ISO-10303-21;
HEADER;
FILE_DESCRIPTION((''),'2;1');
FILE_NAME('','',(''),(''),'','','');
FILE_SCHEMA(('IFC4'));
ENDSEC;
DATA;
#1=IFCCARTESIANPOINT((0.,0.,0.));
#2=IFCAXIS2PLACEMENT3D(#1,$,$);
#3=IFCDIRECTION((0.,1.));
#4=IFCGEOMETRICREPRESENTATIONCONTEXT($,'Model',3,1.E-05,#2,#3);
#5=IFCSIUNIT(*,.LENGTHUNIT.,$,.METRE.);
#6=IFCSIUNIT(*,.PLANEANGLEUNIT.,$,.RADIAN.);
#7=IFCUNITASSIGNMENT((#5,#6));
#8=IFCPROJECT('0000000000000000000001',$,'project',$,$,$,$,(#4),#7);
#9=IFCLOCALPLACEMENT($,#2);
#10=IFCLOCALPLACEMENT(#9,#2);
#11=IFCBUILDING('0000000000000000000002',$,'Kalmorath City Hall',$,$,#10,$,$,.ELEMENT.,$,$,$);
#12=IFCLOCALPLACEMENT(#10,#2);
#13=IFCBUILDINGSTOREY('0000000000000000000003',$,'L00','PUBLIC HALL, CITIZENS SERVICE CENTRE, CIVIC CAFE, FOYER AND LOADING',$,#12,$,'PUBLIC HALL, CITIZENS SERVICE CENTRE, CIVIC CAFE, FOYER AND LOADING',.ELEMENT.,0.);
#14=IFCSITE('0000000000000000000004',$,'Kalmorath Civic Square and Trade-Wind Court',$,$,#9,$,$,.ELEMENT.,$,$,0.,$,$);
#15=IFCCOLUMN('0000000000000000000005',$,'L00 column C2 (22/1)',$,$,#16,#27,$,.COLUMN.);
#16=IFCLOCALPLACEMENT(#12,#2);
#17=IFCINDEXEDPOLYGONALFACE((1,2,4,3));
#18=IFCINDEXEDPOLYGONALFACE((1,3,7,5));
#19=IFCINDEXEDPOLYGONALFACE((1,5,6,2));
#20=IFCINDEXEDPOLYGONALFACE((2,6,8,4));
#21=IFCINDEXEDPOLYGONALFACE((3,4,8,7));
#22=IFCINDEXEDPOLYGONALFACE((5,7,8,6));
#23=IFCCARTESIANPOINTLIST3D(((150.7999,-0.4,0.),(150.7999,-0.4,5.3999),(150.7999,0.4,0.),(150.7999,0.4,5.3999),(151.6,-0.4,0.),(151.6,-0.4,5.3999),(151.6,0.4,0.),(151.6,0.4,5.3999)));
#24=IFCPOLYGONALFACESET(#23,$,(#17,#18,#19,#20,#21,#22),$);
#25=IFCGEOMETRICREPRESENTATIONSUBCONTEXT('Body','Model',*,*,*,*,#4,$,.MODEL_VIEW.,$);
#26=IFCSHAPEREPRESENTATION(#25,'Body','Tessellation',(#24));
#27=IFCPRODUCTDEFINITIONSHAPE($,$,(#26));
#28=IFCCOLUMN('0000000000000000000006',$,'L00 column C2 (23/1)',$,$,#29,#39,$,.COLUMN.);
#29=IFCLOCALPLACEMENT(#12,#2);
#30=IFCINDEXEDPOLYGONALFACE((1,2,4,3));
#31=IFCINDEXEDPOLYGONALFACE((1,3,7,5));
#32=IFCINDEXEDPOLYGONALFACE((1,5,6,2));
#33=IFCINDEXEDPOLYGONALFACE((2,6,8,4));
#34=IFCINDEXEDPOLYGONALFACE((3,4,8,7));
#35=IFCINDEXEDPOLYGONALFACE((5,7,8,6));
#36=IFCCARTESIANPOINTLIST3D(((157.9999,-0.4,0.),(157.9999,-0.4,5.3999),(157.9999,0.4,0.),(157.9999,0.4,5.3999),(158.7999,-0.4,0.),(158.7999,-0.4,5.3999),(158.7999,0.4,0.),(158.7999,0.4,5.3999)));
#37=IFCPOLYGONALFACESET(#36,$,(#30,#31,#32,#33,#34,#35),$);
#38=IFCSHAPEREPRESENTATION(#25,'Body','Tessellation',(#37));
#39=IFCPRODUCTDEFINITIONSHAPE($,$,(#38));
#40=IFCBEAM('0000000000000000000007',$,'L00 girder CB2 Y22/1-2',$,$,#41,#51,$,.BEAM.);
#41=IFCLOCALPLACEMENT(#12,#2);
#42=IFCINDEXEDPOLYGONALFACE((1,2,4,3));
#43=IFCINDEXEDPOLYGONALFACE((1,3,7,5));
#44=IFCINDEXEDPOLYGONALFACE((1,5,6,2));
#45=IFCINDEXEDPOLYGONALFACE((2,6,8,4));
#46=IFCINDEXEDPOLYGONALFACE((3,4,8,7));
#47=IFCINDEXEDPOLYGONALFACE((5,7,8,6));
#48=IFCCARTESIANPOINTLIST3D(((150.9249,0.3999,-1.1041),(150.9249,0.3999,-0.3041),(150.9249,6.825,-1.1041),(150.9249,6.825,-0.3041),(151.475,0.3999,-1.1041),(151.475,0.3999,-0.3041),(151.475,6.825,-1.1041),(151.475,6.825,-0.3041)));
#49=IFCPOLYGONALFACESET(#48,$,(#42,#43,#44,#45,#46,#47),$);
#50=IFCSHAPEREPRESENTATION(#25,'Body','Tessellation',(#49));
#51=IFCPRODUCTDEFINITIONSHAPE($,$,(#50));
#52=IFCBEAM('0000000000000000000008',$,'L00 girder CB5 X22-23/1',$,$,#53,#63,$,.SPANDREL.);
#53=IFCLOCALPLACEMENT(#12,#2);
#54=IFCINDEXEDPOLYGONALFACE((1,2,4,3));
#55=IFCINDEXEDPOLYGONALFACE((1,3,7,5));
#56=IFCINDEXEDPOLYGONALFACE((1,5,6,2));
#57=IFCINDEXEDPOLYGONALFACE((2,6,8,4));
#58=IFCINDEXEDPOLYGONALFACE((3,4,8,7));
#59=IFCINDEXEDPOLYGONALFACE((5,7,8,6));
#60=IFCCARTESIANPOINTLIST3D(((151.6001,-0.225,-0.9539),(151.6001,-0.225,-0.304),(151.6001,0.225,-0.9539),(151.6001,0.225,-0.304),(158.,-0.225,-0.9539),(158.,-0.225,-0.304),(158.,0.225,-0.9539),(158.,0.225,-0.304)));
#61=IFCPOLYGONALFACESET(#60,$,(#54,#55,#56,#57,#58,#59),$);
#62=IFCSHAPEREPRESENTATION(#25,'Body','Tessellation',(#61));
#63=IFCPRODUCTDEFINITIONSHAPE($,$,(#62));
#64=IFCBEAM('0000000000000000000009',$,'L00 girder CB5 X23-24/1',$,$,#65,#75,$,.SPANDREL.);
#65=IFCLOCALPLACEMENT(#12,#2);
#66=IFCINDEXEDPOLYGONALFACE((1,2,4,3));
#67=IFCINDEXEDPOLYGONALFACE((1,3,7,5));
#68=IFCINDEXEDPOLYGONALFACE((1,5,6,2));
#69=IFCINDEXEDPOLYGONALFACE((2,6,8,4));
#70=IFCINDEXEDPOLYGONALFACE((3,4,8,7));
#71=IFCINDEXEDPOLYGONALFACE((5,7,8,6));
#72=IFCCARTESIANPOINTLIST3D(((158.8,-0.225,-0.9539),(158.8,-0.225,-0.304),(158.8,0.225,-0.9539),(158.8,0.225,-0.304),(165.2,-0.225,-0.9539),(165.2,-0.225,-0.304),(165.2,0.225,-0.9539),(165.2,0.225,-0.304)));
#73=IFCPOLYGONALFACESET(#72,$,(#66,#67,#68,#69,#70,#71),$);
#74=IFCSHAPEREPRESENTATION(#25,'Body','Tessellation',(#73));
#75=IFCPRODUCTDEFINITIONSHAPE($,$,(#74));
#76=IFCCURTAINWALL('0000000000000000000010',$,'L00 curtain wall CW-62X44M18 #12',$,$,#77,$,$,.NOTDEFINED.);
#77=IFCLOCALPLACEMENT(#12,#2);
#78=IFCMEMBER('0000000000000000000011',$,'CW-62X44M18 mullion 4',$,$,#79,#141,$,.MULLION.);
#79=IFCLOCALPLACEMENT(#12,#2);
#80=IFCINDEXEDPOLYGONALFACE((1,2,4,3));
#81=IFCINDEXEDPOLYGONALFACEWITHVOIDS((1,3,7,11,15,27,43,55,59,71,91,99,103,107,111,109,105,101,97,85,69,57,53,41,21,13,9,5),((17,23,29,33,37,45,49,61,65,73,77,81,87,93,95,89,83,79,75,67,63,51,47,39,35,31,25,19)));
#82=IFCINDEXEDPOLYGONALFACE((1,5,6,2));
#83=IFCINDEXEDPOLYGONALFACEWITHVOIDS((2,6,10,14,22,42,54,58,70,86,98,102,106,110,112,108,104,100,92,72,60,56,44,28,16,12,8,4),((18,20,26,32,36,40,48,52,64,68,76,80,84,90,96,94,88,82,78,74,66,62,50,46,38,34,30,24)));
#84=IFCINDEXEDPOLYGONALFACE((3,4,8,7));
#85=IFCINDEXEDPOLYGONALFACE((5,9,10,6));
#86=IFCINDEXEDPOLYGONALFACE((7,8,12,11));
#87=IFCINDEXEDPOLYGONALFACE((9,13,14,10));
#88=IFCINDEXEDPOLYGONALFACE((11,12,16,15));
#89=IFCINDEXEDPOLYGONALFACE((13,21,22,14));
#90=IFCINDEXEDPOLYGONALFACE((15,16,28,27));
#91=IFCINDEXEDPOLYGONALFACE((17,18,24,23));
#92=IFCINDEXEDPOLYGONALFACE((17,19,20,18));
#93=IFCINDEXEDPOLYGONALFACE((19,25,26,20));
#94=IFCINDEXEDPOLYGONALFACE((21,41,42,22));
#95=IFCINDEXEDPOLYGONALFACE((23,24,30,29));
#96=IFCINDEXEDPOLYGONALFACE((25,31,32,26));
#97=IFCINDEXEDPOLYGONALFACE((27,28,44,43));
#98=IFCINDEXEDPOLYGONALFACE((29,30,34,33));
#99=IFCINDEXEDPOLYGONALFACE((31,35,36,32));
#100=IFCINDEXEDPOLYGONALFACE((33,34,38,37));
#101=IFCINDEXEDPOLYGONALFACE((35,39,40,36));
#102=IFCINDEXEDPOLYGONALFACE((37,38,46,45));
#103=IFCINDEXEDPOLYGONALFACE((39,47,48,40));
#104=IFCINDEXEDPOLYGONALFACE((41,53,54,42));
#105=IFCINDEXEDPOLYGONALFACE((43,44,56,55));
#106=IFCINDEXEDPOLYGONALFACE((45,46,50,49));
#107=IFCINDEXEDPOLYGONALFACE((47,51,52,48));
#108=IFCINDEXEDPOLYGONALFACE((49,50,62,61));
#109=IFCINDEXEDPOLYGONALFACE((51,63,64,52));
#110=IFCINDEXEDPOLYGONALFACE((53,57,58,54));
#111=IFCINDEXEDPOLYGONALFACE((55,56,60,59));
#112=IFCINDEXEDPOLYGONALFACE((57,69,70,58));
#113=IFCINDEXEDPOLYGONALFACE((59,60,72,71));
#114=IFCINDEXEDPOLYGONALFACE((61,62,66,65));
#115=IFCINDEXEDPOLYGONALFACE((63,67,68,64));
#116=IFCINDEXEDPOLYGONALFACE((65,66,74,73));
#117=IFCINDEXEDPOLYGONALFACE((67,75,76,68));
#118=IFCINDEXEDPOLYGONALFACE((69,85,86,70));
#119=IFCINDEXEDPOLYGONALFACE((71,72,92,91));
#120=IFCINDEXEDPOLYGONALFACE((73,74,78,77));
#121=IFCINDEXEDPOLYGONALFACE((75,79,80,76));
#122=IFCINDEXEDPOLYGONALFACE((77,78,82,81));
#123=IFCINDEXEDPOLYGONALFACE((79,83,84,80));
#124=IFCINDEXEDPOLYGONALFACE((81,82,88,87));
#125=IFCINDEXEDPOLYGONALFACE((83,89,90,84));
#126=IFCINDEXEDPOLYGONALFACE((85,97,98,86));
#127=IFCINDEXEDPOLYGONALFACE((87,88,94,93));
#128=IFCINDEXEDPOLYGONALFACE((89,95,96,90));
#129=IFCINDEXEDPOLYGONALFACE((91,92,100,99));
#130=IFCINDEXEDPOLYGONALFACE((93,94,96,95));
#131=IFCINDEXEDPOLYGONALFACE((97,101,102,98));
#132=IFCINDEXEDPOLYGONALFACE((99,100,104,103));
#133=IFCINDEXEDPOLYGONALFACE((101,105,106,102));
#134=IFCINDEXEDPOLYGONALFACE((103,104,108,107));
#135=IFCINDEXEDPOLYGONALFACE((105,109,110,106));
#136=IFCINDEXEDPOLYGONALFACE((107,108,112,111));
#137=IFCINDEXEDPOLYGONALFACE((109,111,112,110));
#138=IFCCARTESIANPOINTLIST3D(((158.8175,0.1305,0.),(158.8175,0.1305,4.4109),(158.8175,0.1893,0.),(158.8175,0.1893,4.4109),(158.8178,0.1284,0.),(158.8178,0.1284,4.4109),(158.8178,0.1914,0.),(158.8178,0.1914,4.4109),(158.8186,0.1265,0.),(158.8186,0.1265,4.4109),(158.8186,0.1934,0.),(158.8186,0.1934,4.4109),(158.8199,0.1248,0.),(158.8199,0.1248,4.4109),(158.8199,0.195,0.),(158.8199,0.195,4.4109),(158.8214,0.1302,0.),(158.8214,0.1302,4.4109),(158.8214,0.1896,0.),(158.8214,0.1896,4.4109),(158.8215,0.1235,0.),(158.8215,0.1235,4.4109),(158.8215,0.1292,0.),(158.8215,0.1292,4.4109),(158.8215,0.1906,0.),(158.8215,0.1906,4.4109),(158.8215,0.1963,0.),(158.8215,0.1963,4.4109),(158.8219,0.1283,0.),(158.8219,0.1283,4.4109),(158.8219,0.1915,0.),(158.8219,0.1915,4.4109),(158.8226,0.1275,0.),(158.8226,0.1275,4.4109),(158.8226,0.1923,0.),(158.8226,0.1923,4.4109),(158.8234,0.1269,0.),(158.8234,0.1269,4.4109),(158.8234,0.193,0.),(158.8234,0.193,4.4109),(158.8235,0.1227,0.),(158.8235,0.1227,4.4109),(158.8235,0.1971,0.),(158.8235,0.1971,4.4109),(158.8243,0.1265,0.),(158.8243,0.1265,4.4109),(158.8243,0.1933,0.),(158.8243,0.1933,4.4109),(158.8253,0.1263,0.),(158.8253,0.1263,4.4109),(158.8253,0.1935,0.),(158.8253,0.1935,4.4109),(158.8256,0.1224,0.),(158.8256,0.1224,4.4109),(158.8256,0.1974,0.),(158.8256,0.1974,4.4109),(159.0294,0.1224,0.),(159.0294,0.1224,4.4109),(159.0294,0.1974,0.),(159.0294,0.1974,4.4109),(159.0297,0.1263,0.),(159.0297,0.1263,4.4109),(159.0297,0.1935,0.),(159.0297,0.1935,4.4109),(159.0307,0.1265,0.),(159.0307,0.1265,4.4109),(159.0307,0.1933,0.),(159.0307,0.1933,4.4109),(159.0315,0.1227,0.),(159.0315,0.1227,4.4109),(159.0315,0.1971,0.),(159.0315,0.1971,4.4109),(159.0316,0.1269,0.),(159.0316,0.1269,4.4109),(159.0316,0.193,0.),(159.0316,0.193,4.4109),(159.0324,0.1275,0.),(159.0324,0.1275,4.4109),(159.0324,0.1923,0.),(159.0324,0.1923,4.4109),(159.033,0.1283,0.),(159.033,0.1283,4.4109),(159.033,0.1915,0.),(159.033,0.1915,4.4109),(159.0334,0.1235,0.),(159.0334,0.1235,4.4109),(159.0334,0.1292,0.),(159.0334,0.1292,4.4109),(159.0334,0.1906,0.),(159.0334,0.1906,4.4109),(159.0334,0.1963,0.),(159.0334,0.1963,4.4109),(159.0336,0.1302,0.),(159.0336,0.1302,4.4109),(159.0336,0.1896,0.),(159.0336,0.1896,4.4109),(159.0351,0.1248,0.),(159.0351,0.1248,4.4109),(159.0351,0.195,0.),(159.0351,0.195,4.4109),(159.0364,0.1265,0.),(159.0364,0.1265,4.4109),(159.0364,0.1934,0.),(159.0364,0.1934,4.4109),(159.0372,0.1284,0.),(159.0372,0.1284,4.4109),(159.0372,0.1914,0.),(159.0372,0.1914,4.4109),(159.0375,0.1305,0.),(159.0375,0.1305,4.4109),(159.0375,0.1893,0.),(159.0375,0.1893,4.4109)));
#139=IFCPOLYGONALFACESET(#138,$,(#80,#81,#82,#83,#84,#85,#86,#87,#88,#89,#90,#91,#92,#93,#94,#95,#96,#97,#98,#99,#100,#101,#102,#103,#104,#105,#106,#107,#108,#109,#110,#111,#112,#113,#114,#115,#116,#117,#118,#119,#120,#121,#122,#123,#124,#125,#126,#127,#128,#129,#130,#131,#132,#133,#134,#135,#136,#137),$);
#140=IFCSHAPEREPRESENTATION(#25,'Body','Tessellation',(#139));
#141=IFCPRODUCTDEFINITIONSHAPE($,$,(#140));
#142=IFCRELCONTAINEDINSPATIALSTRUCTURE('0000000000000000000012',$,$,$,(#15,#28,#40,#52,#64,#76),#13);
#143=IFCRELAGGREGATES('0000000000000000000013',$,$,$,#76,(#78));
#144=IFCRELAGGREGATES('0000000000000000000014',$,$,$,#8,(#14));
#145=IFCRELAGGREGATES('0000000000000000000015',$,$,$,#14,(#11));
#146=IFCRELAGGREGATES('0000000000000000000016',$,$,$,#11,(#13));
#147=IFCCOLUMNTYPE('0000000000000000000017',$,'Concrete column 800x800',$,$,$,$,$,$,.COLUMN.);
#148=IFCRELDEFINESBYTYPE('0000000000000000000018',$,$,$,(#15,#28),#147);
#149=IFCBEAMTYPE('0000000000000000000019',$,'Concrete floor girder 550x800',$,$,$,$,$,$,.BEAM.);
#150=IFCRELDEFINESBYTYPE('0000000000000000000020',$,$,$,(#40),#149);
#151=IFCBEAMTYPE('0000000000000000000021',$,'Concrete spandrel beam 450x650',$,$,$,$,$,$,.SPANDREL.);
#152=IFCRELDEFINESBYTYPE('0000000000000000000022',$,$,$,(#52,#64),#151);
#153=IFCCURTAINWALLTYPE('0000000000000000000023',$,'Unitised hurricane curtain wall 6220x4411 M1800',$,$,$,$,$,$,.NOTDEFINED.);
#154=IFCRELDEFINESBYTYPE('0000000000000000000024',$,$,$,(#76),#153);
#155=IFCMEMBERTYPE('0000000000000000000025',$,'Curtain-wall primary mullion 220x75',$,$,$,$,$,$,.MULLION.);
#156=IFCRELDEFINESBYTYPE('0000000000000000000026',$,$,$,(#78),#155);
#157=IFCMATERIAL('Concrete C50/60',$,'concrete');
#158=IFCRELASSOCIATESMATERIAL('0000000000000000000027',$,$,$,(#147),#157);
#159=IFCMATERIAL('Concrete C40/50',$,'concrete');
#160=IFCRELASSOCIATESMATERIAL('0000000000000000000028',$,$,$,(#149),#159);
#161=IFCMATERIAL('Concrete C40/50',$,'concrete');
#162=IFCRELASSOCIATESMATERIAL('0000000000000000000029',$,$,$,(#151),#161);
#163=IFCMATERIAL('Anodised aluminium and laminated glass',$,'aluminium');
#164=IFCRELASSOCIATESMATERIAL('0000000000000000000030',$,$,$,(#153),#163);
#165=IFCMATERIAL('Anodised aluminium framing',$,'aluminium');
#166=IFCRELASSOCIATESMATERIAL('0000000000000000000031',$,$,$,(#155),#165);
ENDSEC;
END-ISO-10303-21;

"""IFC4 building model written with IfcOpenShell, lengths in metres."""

from ifc_helpers import new_model, si_unit, direction, frame, origin, origin_2d, place, context, subcontext, project, spatial, rectangle, hollow_rectangle, extrude, material, material_profile, profile_set, type_object, element, aggregate, save


model = new_model("IFC4")

# Units and contexts
model_context = context("Model", 3, precision=1e-05, world=origin(), true_north=direction((0.0, 1.0)))
body_context = subcontext(model_context, "Body", "Model", "MODEL_VIEW")
ifc_project = project(units=[si_unit("LENGTHUNIT", "METRE"), si_unit("PLANEANGLEUNIT", "RADIAN")], contexts=[model_context])

# Site, building, storey
site_placement = place(None, origin())
site = spatial("IfcSite", under=ifc_project, at=site_placement, Name="Kalmorath Civic Square and Trade-Wind Court", CompositionType="ELEMENT", RefElevation=0.0)
building_placement = place(site_placement, origin())
building = spatial("IfcBuilding", under=site, at=building_placement, Name="Kalmorath City Hall", CompositionType="ELEMENT")
storey_placement = place(building_placement, origin())
storey = spatial("IfcBuildingStorey", under=building, at=storey_placement, Name="L00", Description="PUBLIC HALL, CITIZENS SERVICE CENTRE, CIVIC CAFE, FOYER AND LOADING", LongName="PUBLIC HALL, CITIZENS SERVICE CENTRE, CIVIC CAFE, FOYER AND LOADING", CompositionType="ELEMENT", Elevation=0.0)

# Columns
ifc_material_1 = material(Name="Concrete C50/60", Category="concrete")
ifc_material_profile_1 = material_profile(ifc_material_1, rectangle(XDim=0.8, YDim=0.8, at=origin_2d()), Name="RC-COL-800X800")
ifc_profile_set_1 = profile_set([ifc_material_profile_1], Name="Concrete C50/60")
column_type = type_object("IfcColumnType", Name="Concrete column 800x800", PredefinedType="COLUMN", material=ifc_profile_set_1)
for number, where, z_axis, x_axis, name in (
    (1, (151.2, 0.0, 0.0), (0.0, 0.0, 1.0), (1.0, 0.0, 0.0), "L00 column C2 (22/1)"),
    (2, (158.3999, 0.0, 0.0), (0.0, 0.0, 1.0), (1.0, 0.0, 0.0), "L00 column C2 (23/1)"),
):
    element("IfcColumn", number, at=place(storey_placement, frame(where, z_axis=z_axis, x_axis=x_axis)), inside=storey, type_object=column_type, Name=name, PredefinedType="COLUMN", context=body_context, shape_type="SweptSolid", body=[
        extrude(rectangle(XDim=0.8, YDim=0.8, at=origin_2d()), origin(), (0.0, 0.0, 1.0), 5.3999),
    ])

# Beams
ifc_material_2 = material(Name="Concrete C40/50", Category="concrete")
ifc_material_profile_2 = material_profile(ifc_material_2, rectangle(XDim=0.55, YDim=0.8, at=origin_2d()), Name="RC-BM-550X800")
ifc_profile_set_2 = profile_set([ifc_material_profile_2], Name="Concrete C40/50")
beam_type_1 = type_object("IfcBeamType", Name="Concrete floor girder 550x800", PredefinedType="BEAM", material=ifc_profile_set_2)
beam_placement = place(storey_placement, frame((151.2, 0.3999, -0.7041), z_axis=(0.0, 1.0, 0.0), x_axis=(-1.0, 0.0, 0.0)))
element("IfcBeam", 3, at=beam_placement, inside=storey, type_object=beam_type_1, Name="L00 girder CB2 Y22/1-2", PredefinedType="BEAM", context=body_context, shape_type="SweptSolid", body=[
    extrude(rectangle(XDim=0.55, YDim=0.8, at=origin_2d()), origin(), (0.0, 0.0, 1.0), 6.425),
])
ifc_material_3 = material(Name="Concrete C40/50", Category="concrete")
ifc_material_profile_3 = material_profile(ifc_material_3, rectangle(XDim=0.45, YDim=0.6499, at=origin_2d()), Name="RC-BM-450X650")
ifc_profile_set_3 = profile_set([ifc_material_profile_3], Name="Concrete C40/50")
beam_type_2 = type_object("IfcBeamType", Name="Concrete spandrel beam 450x650", PredefinedType="SPANDREL", material=ifc_profile_set_3)
for number, where, z_axis, x_axis, name in (
    (4, (151.6001, 0.0, -0.6289), (1.0, 0.0, 0.0), (0.0, 1.0, 0.0), "L00 girder CB5 X22-23/1"),
    (5, (158.8, 0.0, -0.6289), (1.0, 0.0, 0.0), (0.0, 1.0, 0.0), "L00 girder CB5 X23-24/1"),
):
    element("IfcBeam", number, at=place(storey_placement, frame(where, z_axis=z_axis, x_axis=x_axis)), inside=storey, type_object=beam_type_2, Name=name, PredefinedType="SPANDREL", context=body_context, shape_type="SweptSolid", body=[
        extrude(rectangle(XDim=0.45, YDim=0.6499, at=origin_2d()), origin(), (0.0, 0.0, 1.0), 6.3999),
    ])

# Curtain wall, member
ifc_material_4 = material(Name="Anodised aluminium and laminated glass", Category="aluminium")
curtain_wall_type = type_object("IfcCurtainWallType", Name="Unitised hurricane curtain wall 6220x4411 M1800", PredefinedType="NOTDEFINED", material=ifc_material_4)
curtain_wall_1_placement = place(storey_placement, origin())
curtain_wall_1 = element("IfcCurtainWall", 6, at=curtain_wall_1_placement, inside=storey, type_object=curtain_wall_type, Name="L00 curtain wall CW-62X44M18 #12", PredefinedType="NOTDEFINED")
ifc_material_5 = material(Name="Anodised aluminium framing", Category="aluminium")
ifc_material_profile_4 = material_profile(ifc_material_5, hollow_rectangle(XDim=0.075, YDim=0.22, WallThickness=0.0039, InnerFilletRadius=0.0039, OuterFilletRadius=0.0081, at=origin_2d()), Name="ALU-MUL-220X75X4")
ifc_profile_set_4 = profile_set([ifc_material_profile_4], Name="Anodised aluminium framing")
member_type_1 = type_object("IfcMemberType", Name="Curtain-wall primary mullion 220x75", PredefinedType="MULLION", material=ifc_profile_set_4)
member_1_placement = place(storey_placement, frame((158.9275, 0.1599, 0.0), z_axis=(0.0, 0.0, 1.0), x_axis=(0.0, -1.0, 0.0)))
member_1 = element("IfcMember", 7, at=member_1_placement, type_object=member_type_1, Name="CW-62X44M18 mullion 4", PredefinedType="MULLION", context=body_context, shape_type="SweptSolid", body=[
    extrude(hollow_rectangle(XDim=0.075, YDim=0.22, WallThickness=0.0039, InnerFilletRadius=0.0039, OuterFilletRadius=0.0081, at=origin_2d()), origin(), (0.0, 0.0, 1.0), 4.4109),
])

aggregate(curtain_wall_1, [member_1])

save(model, "model.ifc")
